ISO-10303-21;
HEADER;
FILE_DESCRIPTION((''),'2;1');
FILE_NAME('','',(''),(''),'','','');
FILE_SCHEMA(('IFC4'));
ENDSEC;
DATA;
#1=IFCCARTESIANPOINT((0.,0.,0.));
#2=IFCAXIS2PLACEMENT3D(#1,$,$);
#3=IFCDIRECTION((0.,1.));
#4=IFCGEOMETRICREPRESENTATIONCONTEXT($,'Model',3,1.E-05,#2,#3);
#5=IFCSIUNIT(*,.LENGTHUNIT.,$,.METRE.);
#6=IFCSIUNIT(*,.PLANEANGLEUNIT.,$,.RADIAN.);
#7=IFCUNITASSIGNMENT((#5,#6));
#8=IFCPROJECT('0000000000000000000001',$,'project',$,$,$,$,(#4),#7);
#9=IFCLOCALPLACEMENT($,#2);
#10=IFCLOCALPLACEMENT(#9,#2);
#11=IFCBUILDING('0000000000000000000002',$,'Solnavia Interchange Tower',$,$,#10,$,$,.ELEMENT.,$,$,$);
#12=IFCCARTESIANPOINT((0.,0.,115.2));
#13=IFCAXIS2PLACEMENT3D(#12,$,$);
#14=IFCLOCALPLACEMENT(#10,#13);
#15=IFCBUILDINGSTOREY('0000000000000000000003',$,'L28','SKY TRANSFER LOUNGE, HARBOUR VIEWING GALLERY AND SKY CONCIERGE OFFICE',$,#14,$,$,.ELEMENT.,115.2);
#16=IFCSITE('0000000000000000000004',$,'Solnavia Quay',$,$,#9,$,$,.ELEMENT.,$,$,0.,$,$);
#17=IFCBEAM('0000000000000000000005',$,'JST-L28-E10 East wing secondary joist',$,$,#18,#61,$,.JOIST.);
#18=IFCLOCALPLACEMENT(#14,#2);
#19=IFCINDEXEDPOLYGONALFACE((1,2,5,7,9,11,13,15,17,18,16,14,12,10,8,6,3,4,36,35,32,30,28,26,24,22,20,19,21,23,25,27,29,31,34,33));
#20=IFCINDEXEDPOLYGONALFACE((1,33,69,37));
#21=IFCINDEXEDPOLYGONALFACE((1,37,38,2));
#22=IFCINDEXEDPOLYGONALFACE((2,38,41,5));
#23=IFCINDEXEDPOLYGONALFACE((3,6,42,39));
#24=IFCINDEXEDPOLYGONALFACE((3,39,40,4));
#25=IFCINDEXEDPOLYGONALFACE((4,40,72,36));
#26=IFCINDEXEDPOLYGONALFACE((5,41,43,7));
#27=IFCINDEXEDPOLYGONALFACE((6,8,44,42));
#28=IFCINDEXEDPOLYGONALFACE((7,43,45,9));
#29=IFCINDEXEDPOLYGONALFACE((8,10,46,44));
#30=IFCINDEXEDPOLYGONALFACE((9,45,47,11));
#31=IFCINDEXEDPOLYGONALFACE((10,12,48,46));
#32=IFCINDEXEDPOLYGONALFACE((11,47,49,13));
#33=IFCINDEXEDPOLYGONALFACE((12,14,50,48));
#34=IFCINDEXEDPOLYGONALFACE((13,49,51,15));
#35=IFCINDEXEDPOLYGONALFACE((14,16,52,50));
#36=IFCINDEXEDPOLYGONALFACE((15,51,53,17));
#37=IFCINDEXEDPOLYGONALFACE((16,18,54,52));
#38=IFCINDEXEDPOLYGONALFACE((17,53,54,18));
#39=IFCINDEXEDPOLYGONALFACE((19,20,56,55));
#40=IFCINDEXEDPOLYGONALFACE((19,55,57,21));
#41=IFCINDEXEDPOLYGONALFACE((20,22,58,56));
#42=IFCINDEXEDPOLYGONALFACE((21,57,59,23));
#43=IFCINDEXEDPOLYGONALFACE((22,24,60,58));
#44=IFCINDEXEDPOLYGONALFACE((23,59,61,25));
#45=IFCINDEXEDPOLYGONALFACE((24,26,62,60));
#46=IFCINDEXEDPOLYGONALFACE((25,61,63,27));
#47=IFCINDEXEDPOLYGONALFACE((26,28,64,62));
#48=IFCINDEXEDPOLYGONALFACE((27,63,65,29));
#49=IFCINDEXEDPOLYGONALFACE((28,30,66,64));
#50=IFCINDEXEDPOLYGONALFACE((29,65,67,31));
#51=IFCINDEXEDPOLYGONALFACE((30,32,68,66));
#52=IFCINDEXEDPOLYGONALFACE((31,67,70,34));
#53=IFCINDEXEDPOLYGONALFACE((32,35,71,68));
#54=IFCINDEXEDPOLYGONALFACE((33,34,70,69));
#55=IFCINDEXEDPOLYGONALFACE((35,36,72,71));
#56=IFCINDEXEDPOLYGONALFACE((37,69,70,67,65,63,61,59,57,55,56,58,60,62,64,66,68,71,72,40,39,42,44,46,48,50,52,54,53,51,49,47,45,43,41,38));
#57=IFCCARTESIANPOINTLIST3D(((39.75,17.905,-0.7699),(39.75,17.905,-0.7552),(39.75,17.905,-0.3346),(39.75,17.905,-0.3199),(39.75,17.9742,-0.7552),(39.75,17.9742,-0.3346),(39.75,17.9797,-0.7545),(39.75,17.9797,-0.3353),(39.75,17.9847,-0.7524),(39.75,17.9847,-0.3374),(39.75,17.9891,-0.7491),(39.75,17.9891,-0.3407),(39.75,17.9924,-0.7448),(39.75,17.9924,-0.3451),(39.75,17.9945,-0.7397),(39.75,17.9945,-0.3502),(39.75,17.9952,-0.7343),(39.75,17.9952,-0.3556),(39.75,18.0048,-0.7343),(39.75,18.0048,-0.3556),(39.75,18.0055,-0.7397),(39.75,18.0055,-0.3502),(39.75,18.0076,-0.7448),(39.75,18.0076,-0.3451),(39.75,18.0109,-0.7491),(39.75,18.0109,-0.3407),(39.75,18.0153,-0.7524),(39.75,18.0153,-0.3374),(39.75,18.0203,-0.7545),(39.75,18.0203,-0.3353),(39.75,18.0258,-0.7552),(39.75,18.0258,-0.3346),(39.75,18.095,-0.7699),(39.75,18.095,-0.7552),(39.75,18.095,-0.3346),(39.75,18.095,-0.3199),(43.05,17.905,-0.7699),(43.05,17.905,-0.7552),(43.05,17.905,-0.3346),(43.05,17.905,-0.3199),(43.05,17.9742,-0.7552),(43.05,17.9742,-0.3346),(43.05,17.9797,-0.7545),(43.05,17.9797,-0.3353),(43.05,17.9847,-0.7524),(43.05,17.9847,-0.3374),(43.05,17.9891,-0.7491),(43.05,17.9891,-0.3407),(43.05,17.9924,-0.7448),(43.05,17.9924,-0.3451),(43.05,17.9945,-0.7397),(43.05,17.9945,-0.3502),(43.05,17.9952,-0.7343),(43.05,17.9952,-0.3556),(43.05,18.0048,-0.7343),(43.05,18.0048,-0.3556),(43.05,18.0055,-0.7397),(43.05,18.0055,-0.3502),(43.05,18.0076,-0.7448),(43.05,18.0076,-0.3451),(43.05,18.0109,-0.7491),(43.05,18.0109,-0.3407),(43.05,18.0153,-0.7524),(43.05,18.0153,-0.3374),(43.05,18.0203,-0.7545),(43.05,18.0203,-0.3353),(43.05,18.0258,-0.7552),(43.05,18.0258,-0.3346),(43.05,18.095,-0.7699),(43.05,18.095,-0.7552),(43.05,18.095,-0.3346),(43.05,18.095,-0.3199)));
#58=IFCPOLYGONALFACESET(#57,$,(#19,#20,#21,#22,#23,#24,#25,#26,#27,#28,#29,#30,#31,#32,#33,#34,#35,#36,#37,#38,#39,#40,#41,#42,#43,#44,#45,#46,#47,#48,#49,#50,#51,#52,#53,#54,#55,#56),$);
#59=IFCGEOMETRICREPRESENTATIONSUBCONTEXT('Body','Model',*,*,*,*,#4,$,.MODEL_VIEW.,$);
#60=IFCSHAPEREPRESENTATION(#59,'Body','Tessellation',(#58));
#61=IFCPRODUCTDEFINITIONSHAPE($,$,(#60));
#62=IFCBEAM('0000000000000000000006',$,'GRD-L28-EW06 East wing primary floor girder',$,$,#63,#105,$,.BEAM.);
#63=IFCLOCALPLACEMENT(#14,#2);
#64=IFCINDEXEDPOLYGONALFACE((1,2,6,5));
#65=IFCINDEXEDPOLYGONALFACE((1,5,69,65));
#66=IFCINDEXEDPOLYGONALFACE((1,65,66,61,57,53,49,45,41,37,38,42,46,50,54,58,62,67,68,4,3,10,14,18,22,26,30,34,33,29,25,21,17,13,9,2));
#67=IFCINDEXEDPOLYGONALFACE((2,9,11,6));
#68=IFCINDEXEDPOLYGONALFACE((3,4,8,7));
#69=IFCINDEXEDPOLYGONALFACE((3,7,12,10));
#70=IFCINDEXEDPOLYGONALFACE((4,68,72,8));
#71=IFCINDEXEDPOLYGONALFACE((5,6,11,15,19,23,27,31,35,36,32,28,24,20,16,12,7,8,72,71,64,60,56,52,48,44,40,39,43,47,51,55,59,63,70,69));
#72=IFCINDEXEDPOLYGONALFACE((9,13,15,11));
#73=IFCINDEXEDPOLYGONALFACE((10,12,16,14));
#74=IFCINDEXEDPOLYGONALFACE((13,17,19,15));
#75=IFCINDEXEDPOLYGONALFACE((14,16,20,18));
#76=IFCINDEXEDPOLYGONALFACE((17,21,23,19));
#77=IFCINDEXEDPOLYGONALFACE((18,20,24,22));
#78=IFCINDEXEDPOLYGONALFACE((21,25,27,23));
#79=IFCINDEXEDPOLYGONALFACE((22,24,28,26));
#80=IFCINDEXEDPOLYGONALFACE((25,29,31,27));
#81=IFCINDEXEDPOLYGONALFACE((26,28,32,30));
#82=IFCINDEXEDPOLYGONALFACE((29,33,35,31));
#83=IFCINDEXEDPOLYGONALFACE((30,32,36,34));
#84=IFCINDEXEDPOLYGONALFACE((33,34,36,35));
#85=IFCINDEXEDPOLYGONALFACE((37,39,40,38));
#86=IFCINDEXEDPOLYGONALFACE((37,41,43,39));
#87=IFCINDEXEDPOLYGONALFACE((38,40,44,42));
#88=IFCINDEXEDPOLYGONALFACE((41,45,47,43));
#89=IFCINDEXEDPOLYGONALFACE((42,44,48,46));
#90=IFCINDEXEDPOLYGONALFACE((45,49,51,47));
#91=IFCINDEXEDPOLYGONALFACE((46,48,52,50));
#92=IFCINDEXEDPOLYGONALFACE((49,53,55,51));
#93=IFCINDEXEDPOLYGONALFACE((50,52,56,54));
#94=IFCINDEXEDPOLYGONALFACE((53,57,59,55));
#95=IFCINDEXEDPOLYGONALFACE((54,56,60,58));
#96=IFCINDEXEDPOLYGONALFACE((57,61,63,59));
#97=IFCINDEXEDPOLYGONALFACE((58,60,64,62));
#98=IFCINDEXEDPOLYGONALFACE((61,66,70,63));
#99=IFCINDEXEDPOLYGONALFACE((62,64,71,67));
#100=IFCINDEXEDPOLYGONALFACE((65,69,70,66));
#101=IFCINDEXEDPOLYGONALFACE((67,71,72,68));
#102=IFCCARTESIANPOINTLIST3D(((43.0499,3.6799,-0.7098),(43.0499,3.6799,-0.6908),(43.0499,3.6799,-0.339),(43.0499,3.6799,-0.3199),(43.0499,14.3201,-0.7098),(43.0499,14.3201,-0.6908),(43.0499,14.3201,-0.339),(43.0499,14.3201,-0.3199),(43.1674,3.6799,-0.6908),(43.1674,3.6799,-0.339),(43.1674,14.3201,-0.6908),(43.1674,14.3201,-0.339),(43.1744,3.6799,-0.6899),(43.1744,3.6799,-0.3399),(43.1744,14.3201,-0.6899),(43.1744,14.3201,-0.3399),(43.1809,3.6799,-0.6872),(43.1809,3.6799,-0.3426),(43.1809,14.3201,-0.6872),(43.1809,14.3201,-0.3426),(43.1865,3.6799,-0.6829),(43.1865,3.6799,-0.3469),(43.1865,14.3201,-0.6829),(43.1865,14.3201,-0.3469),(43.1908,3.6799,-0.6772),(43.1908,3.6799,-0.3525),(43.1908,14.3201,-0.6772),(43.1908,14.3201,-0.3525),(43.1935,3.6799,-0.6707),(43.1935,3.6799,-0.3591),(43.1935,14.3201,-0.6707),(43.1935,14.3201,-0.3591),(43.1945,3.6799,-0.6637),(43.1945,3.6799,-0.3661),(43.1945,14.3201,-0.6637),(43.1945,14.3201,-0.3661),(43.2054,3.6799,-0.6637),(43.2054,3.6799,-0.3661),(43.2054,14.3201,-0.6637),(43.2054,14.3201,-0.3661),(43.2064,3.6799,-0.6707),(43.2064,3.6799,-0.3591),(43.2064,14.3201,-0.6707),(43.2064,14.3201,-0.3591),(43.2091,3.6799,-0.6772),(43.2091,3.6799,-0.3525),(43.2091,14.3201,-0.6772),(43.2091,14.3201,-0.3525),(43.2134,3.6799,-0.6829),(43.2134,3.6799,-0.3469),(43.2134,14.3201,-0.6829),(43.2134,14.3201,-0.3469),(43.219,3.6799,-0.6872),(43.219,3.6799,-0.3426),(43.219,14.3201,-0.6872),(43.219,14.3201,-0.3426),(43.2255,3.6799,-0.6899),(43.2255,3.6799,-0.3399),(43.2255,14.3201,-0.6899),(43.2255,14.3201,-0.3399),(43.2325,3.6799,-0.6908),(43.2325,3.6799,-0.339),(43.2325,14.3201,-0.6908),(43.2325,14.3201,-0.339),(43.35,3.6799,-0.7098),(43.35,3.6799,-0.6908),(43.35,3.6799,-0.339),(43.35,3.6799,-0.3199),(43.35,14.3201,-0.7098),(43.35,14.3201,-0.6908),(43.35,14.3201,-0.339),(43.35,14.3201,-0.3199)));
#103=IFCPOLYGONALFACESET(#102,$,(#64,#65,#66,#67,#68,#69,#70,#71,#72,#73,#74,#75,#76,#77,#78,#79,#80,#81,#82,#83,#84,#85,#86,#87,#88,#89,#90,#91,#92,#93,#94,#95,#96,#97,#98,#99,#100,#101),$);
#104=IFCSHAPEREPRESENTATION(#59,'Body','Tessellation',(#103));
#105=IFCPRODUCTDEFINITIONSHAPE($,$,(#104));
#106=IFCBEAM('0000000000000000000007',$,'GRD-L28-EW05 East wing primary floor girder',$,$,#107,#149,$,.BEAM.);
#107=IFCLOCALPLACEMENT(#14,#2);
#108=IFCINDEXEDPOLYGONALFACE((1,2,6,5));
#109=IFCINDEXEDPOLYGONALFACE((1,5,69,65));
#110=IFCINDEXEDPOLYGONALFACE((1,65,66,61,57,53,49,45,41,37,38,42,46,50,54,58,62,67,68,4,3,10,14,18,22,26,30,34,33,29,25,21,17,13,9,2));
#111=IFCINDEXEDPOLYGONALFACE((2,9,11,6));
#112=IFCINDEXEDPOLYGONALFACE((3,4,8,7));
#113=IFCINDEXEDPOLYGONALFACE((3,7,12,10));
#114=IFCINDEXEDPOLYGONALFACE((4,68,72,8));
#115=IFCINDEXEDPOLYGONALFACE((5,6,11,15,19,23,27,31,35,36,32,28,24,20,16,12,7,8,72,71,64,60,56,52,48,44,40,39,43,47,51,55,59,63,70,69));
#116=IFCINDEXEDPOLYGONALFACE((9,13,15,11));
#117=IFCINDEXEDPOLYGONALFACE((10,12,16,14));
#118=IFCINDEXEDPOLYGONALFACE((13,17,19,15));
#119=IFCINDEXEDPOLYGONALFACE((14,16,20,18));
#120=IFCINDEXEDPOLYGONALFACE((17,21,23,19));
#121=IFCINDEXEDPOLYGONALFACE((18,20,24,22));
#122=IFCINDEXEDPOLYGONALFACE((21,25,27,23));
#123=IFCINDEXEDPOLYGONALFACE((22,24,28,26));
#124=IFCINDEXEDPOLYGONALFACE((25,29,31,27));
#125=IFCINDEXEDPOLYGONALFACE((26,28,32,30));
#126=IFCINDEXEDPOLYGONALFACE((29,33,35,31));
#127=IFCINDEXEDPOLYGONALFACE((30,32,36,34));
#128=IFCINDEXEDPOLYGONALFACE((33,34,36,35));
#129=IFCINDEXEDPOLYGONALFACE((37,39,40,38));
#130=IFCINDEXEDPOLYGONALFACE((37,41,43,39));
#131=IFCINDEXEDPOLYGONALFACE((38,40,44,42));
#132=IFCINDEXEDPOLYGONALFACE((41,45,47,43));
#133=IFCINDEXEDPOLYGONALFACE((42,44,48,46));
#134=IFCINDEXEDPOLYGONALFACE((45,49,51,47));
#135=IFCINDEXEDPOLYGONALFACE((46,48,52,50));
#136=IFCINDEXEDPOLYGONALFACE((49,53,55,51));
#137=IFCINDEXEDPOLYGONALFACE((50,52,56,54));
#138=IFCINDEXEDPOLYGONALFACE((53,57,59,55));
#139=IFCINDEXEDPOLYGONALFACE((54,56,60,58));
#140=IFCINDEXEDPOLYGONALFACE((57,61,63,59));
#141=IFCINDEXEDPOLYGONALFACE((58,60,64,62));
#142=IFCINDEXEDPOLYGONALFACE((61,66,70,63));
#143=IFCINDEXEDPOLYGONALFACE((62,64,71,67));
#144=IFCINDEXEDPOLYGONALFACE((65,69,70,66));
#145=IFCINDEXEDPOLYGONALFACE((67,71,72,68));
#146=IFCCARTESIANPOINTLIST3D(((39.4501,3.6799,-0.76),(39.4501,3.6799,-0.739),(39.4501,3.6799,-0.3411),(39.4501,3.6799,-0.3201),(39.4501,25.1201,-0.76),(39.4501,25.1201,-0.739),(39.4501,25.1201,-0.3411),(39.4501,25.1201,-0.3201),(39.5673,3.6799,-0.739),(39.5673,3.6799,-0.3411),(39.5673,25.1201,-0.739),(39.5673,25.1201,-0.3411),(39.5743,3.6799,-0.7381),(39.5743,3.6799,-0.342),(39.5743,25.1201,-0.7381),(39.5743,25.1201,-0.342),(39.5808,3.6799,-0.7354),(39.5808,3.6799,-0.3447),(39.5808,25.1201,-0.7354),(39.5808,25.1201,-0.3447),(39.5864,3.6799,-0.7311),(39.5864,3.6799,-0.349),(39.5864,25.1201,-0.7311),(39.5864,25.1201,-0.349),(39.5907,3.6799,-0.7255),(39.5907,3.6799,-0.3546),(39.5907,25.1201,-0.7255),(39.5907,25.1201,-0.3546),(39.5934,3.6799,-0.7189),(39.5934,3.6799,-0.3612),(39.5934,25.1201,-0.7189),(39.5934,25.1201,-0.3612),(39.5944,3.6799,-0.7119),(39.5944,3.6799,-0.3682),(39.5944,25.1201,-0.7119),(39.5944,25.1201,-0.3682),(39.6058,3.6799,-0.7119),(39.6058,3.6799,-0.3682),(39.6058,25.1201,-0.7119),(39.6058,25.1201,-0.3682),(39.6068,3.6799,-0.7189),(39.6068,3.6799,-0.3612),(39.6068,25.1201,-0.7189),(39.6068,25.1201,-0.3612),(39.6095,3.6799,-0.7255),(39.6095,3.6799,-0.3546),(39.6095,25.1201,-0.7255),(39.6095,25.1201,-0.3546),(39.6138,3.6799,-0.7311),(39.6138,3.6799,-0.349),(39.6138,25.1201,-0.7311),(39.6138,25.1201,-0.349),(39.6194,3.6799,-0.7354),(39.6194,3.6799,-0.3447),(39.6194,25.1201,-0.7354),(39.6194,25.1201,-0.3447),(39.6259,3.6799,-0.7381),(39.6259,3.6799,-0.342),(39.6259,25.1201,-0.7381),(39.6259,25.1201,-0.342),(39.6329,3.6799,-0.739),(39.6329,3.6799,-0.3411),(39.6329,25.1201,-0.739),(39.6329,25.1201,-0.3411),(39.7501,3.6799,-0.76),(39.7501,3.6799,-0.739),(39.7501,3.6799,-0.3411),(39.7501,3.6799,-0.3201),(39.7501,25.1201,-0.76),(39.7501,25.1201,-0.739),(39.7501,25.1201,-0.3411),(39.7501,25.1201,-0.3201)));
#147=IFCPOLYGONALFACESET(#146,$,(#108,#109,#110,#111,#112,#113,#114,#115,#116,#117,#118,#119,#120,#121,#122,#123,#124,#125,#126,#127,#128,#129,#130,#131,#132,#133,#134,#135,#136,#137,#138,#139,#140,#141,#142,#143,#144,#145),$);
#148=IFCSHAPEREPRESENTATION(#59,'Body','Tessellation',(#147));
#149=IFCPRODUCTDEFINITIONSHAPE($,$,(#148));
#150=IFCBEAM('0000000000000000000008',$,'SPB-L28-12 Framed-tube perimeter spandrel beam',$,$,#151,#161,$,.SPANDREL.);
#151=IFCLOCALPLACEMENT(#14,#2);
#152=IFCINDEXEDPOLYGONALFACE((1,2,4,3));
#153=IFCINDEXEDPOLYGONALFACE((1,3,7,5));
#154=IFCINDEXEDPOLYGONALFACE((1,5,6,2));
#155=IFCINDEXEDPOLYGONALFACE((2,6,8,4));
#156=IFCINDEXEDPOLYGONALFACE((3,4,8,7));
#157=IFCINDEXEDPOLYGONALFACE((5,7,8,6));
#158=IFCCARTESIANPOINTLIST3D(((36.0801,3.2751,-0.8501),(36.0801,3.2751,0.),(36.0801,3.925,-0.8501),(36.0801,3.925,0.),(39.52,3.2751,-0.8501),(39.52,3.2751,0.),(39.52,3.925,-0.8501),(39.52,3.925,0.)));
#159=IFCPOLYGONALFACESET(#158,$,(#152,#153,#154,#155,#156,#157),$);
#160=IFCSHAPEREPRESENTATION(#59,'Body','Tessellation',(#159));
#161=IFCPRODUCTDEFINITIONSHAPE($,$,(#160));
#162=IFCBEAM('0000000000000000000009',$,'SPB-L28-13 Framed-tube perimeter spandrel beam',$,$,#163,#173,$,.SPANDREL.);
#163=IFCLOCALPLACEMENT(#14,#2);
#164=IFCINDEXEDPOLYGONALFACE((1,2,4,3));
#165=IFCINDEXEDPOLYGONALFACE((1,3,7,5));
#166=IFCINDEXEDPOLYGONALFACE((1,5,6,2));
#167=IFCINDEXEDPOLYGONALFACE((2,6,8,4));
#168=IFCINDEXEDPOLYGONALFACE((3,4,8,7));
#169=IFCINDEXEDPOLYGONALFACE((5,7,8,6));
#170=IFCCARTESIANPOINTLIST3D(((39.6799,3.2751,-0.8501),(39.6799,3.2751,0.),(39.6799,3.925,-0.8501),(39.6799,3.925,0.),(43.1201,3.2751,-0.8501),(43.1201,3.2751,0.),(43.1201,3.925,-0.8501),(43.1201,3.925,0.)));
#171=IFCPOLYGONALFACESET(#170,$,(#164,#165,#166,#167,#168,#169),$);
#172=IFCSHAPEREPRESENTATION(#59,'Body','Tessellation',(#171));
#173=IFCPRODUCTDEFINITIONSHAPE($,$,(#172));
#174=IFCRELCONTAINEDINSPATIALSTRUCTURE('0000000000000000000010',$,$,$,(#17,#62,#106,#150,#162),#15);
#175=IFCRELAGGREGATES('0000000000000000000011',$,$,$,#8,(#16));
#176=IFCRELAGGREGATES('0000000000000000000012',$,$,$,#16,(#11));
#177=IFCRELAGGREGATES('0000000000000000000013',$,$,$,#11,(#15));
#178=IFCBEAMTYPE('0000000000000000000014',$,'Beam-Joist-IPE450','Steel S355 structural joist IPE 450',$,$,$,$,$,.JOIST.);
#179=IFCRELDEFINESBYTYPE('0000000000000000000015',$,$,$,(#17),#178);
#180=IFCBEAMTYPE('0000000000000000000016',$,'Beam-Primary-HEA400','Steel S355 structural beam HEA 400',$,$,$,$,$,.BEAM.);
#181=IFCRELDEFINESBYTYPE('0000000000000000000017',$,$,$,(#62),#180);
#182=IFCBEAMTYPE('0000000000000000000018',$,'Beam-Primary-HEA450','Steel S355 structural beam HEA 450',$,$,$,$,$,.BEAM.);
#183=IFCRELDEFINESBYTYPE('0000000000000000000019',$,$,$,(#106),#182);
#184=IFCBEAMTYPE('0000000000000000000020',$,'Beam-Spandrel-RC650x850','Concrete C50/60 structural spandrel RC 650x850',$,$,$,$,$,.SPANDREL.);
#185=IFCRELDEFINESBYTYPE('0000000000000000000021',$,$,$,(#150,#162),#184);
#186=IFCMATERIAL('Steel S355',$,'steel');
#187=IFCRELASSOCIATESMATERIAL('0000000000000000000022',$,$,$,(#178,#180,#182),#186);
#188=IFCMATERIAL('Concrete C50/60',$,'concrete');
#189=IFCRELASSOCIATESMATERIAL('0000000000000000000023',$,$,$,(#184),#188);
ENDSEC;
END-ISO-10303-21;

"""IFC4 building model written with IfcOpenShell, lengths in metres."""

from ifc_helpers import new_model, si_unit, direction, frame, origin, origin_2d, place, context, subcontext, project, spatial, rectangle, i_section, extrude, material, material_profile, profile_set, type_object, element, save


model = new_model("IFC4")

# Units and contexts
model_context = context("Model", 3, precision=1e-05, world=origin(), true_north=direction((0.0, 1.0)))
body_context = subcontext(model_context, "Body", "Model", "MODEL_VIEW")
ifc_project = project(units=[si_unit("LENGTHUNIT", "METRE"), si_unit("PLANEANGLEUNIT", "RADIAN")], contexts=[model_context])

# Site, building, storey
site_placement = place(None, origin())
site = spatial("IfcSite", under=ifc_project, at=site_placement, Name="Solnavia Quay", CompositionType="ELEMENT", RefElevation=0.0)
building_placement = place(site_placement, origin())
building = spatial("IfcBuilding", under=site, at=building_placement, Name="Solnavia Interchange Tower", CompositionType="ELEMENT")
storey_placement = place(building_placement, frame((0.0, 0.0, 115.2)))
storey = spatial("IfcBuildingStorey", under=building, at=storey_placement, Name="L28", Description="SKY TRANSFER LOUNGE, HARBOUR VIEWING GALLERY AND SKY CONCIERGE OFFICE", CompositionType="ELEMENT", Elevation=115.2)

# Shared definitions
ifc_material_1 = material(Name="Concrete C50/60", Category="concrete")
ifc_material_2 = material(Name="Steel S355", Category="steel")

# Beams
ifc_material_profile_1 = material_profile(ifc_material_2, i_section(OverallWidth=0.1899, OverallDepth=0.45, WebThickness=0.0095, FlangeThickness=0.0146, FilletRadius=0.021, at=origin_2d()), Name="IPE 450")
ifc_profile_set_1 = profile_set([ifc_material_profile_1], Name="Steel S355")
beam_type_1 = type_object("IfcBeamType", Name="Beam-Joist-IPE450", Description="Steel S355 structural joist IPE 450", PredefinedType="JOIST", material=ifc_profile_set_1)
for number, where, z_axis, x_axis, name in (
    (1, (39.75, 18.0, -0.5449), (1.0, 0.0, 0.0), (0.0, 1.0, 0.0), "JST-L28-E10 East wing secondary joist"),
):
    element("IfcBeam", number, at=place(storey_placement, frame(where, z_axis=z_axis, x_axis=x_axis)), inside=storey, type_object=beam_type_1, Name=name, PredefinedType="JOIST", context=body_context, shape_type="SweptSolid", body=[
        extrude(i_section(OverallWidth=0.1899, OverallDepth=0.45, WebThickness=0.0095, FlangeThickness=0.0146, FilletRadius=0.021, at=origin_2d()), origin(), (0.0, 0.0, 1.0), 3.3),
    ])
ifc_material_profile_2 = material_profile(ifc_material_2, i_section(OverallWidth=0.3, OverallDepth=0.3899, WebThickness=0.011, FlangeThickness=0.019, FilletRadius=0.0271, at=origin_2d()), Name="HEA 400")
ifc_profile_set_2 = profile_set([ifc_material_profile_2], Name="Steel S355")
beam_type_2 = type_object("IfcBeamType", Name="Beam-Primary-HEA400", Description="Steel S355 structural beam HEA 400", PredefinedType="BEAM", material=ifc_profile_set_2)
beam_1_placement = place(storey_placement, frame((43.2, 3.6799, -0.5149), z_axis=(0.0, 1.0, 0.0), x_axis=(-1.0, 0.0, 0.0)))
element("IfcBeam", 2, at=beam_1_placement, inside=storey, type_object=beam_type_2, Name="GRD-L28-EW06 East wing primary floor girder", PredefinedType="BEAM", context=body_context, shape_type="SweptSolid", body=[
    extrude(i_section(OverallWidth=0.3, OverallDepth=0.3899, WebThickness=0.011, FlangeThickness=0.019, FilletRadius=0.0271, at=origin_2d()), origin(), (0.0, 0.0, 1.0), 10.6401),
])
ifc_material_profile_3 = material_profile(ifc_material_2, i_section(OverallWidth=0.3, OverallDepth=0.4399, WebThickness=0.0115, FlangeThickness=0.021, FilletRadius=0.0271, at=origin_2d()), Name="HEA 450")
ifc_profile_set_3 = profile_set([ifc_material_profile_3], Name="Steel S355")
beam_type_3 = type_object("IfcBeamType", Name="Beam-Primary-HEA450", Description="Steel S355 structural beam HEA 450", PredefinedType="BEAM", material=ifc_profile_set_3)
beam_2_placement = place(storey_placement, frame((39.6001, 3.6799, -0.54), z_axis=(0.0, 1.0, 0.0), x_axis=(-1.0, 0.0, 0.0)))
element("IfcBeam", 3, at=beam_2_placement, inside=storey, type_object=beam_type_3, Name="GRD-L28-EW05 East wing primary floor girder", PredefinedType="BEAM", context=body_context, shape_type="SweptSolid", body=[
    extrude(i_section(OverallWidth=0.3, OverallDepth=0.4399, WebThickness=0.0115, FlangeThickness=0.021, FilletRadius=0.0271, at=origin_2d()), origin(), (0.0, 0.0, 1.0), 21.4402),
])
ifc_material_profile_4 = material_profile(ifc_material_1, rectangle(XDim=0.6499, YDim=0.8501, at=origin_2d()), Name="RC 650x850")
ifc_profile_set_4 = profile_set([ifc_material_profile_4], Name="Concrete C50/60")
beam_type_4 = type_object("IfcBeamType", Name="Beam-Spandrel-RC650x850", Description="Concrete C50/60 structural spandrel RC 650x850", PredefinedType="SPANDREL", material=ifc_profile_set_4)
beam_3_placement = place(storey_placement, frame((36.0801, 3.6001, -0.425), z_axis=(1.0, 0.0, 0.0), x_axis=(0.0, 1.0, 0.0)))
element("IfcBeam", 4, at=beam_3_placement, inside=storey, type_object=beam_type_4, Name="SPB-L28-12 Framed-tube perimeter spandrel beam", PredefinedType="SPANDREL", context=body_context, shape_type="SweptSolid", body=[
    extrude(rectangle(XDim=0.6499, YDim=0.8501, at=origin_2d()), origin(), (0.0, 0.0, 1.0), 3.4399),
])
beam_4_placement = place(storey_placement, frame((39.6799, 3.6001, -0.425), z_axis=(1.0, 0.0, 0.0), x_axis=(0.0, 1.0, 0.0)))
element("IfcBeam", 5, at=beam_4_placement, inside=storey, type_object=beam_type_4, Name="SPB-L28-13 Framed-tube perimeter spandrel beam", PredefinedType="SPANDREL", context=body_context, shape_type="SweptSolid", body=[
    extrude(rectangle(XDim=0.6499, YDim=0.8501, at=origin_2d()), origin(), (0.0, 0.0, 1.0), 3.4402),
])

save(model, "model.ifc")
